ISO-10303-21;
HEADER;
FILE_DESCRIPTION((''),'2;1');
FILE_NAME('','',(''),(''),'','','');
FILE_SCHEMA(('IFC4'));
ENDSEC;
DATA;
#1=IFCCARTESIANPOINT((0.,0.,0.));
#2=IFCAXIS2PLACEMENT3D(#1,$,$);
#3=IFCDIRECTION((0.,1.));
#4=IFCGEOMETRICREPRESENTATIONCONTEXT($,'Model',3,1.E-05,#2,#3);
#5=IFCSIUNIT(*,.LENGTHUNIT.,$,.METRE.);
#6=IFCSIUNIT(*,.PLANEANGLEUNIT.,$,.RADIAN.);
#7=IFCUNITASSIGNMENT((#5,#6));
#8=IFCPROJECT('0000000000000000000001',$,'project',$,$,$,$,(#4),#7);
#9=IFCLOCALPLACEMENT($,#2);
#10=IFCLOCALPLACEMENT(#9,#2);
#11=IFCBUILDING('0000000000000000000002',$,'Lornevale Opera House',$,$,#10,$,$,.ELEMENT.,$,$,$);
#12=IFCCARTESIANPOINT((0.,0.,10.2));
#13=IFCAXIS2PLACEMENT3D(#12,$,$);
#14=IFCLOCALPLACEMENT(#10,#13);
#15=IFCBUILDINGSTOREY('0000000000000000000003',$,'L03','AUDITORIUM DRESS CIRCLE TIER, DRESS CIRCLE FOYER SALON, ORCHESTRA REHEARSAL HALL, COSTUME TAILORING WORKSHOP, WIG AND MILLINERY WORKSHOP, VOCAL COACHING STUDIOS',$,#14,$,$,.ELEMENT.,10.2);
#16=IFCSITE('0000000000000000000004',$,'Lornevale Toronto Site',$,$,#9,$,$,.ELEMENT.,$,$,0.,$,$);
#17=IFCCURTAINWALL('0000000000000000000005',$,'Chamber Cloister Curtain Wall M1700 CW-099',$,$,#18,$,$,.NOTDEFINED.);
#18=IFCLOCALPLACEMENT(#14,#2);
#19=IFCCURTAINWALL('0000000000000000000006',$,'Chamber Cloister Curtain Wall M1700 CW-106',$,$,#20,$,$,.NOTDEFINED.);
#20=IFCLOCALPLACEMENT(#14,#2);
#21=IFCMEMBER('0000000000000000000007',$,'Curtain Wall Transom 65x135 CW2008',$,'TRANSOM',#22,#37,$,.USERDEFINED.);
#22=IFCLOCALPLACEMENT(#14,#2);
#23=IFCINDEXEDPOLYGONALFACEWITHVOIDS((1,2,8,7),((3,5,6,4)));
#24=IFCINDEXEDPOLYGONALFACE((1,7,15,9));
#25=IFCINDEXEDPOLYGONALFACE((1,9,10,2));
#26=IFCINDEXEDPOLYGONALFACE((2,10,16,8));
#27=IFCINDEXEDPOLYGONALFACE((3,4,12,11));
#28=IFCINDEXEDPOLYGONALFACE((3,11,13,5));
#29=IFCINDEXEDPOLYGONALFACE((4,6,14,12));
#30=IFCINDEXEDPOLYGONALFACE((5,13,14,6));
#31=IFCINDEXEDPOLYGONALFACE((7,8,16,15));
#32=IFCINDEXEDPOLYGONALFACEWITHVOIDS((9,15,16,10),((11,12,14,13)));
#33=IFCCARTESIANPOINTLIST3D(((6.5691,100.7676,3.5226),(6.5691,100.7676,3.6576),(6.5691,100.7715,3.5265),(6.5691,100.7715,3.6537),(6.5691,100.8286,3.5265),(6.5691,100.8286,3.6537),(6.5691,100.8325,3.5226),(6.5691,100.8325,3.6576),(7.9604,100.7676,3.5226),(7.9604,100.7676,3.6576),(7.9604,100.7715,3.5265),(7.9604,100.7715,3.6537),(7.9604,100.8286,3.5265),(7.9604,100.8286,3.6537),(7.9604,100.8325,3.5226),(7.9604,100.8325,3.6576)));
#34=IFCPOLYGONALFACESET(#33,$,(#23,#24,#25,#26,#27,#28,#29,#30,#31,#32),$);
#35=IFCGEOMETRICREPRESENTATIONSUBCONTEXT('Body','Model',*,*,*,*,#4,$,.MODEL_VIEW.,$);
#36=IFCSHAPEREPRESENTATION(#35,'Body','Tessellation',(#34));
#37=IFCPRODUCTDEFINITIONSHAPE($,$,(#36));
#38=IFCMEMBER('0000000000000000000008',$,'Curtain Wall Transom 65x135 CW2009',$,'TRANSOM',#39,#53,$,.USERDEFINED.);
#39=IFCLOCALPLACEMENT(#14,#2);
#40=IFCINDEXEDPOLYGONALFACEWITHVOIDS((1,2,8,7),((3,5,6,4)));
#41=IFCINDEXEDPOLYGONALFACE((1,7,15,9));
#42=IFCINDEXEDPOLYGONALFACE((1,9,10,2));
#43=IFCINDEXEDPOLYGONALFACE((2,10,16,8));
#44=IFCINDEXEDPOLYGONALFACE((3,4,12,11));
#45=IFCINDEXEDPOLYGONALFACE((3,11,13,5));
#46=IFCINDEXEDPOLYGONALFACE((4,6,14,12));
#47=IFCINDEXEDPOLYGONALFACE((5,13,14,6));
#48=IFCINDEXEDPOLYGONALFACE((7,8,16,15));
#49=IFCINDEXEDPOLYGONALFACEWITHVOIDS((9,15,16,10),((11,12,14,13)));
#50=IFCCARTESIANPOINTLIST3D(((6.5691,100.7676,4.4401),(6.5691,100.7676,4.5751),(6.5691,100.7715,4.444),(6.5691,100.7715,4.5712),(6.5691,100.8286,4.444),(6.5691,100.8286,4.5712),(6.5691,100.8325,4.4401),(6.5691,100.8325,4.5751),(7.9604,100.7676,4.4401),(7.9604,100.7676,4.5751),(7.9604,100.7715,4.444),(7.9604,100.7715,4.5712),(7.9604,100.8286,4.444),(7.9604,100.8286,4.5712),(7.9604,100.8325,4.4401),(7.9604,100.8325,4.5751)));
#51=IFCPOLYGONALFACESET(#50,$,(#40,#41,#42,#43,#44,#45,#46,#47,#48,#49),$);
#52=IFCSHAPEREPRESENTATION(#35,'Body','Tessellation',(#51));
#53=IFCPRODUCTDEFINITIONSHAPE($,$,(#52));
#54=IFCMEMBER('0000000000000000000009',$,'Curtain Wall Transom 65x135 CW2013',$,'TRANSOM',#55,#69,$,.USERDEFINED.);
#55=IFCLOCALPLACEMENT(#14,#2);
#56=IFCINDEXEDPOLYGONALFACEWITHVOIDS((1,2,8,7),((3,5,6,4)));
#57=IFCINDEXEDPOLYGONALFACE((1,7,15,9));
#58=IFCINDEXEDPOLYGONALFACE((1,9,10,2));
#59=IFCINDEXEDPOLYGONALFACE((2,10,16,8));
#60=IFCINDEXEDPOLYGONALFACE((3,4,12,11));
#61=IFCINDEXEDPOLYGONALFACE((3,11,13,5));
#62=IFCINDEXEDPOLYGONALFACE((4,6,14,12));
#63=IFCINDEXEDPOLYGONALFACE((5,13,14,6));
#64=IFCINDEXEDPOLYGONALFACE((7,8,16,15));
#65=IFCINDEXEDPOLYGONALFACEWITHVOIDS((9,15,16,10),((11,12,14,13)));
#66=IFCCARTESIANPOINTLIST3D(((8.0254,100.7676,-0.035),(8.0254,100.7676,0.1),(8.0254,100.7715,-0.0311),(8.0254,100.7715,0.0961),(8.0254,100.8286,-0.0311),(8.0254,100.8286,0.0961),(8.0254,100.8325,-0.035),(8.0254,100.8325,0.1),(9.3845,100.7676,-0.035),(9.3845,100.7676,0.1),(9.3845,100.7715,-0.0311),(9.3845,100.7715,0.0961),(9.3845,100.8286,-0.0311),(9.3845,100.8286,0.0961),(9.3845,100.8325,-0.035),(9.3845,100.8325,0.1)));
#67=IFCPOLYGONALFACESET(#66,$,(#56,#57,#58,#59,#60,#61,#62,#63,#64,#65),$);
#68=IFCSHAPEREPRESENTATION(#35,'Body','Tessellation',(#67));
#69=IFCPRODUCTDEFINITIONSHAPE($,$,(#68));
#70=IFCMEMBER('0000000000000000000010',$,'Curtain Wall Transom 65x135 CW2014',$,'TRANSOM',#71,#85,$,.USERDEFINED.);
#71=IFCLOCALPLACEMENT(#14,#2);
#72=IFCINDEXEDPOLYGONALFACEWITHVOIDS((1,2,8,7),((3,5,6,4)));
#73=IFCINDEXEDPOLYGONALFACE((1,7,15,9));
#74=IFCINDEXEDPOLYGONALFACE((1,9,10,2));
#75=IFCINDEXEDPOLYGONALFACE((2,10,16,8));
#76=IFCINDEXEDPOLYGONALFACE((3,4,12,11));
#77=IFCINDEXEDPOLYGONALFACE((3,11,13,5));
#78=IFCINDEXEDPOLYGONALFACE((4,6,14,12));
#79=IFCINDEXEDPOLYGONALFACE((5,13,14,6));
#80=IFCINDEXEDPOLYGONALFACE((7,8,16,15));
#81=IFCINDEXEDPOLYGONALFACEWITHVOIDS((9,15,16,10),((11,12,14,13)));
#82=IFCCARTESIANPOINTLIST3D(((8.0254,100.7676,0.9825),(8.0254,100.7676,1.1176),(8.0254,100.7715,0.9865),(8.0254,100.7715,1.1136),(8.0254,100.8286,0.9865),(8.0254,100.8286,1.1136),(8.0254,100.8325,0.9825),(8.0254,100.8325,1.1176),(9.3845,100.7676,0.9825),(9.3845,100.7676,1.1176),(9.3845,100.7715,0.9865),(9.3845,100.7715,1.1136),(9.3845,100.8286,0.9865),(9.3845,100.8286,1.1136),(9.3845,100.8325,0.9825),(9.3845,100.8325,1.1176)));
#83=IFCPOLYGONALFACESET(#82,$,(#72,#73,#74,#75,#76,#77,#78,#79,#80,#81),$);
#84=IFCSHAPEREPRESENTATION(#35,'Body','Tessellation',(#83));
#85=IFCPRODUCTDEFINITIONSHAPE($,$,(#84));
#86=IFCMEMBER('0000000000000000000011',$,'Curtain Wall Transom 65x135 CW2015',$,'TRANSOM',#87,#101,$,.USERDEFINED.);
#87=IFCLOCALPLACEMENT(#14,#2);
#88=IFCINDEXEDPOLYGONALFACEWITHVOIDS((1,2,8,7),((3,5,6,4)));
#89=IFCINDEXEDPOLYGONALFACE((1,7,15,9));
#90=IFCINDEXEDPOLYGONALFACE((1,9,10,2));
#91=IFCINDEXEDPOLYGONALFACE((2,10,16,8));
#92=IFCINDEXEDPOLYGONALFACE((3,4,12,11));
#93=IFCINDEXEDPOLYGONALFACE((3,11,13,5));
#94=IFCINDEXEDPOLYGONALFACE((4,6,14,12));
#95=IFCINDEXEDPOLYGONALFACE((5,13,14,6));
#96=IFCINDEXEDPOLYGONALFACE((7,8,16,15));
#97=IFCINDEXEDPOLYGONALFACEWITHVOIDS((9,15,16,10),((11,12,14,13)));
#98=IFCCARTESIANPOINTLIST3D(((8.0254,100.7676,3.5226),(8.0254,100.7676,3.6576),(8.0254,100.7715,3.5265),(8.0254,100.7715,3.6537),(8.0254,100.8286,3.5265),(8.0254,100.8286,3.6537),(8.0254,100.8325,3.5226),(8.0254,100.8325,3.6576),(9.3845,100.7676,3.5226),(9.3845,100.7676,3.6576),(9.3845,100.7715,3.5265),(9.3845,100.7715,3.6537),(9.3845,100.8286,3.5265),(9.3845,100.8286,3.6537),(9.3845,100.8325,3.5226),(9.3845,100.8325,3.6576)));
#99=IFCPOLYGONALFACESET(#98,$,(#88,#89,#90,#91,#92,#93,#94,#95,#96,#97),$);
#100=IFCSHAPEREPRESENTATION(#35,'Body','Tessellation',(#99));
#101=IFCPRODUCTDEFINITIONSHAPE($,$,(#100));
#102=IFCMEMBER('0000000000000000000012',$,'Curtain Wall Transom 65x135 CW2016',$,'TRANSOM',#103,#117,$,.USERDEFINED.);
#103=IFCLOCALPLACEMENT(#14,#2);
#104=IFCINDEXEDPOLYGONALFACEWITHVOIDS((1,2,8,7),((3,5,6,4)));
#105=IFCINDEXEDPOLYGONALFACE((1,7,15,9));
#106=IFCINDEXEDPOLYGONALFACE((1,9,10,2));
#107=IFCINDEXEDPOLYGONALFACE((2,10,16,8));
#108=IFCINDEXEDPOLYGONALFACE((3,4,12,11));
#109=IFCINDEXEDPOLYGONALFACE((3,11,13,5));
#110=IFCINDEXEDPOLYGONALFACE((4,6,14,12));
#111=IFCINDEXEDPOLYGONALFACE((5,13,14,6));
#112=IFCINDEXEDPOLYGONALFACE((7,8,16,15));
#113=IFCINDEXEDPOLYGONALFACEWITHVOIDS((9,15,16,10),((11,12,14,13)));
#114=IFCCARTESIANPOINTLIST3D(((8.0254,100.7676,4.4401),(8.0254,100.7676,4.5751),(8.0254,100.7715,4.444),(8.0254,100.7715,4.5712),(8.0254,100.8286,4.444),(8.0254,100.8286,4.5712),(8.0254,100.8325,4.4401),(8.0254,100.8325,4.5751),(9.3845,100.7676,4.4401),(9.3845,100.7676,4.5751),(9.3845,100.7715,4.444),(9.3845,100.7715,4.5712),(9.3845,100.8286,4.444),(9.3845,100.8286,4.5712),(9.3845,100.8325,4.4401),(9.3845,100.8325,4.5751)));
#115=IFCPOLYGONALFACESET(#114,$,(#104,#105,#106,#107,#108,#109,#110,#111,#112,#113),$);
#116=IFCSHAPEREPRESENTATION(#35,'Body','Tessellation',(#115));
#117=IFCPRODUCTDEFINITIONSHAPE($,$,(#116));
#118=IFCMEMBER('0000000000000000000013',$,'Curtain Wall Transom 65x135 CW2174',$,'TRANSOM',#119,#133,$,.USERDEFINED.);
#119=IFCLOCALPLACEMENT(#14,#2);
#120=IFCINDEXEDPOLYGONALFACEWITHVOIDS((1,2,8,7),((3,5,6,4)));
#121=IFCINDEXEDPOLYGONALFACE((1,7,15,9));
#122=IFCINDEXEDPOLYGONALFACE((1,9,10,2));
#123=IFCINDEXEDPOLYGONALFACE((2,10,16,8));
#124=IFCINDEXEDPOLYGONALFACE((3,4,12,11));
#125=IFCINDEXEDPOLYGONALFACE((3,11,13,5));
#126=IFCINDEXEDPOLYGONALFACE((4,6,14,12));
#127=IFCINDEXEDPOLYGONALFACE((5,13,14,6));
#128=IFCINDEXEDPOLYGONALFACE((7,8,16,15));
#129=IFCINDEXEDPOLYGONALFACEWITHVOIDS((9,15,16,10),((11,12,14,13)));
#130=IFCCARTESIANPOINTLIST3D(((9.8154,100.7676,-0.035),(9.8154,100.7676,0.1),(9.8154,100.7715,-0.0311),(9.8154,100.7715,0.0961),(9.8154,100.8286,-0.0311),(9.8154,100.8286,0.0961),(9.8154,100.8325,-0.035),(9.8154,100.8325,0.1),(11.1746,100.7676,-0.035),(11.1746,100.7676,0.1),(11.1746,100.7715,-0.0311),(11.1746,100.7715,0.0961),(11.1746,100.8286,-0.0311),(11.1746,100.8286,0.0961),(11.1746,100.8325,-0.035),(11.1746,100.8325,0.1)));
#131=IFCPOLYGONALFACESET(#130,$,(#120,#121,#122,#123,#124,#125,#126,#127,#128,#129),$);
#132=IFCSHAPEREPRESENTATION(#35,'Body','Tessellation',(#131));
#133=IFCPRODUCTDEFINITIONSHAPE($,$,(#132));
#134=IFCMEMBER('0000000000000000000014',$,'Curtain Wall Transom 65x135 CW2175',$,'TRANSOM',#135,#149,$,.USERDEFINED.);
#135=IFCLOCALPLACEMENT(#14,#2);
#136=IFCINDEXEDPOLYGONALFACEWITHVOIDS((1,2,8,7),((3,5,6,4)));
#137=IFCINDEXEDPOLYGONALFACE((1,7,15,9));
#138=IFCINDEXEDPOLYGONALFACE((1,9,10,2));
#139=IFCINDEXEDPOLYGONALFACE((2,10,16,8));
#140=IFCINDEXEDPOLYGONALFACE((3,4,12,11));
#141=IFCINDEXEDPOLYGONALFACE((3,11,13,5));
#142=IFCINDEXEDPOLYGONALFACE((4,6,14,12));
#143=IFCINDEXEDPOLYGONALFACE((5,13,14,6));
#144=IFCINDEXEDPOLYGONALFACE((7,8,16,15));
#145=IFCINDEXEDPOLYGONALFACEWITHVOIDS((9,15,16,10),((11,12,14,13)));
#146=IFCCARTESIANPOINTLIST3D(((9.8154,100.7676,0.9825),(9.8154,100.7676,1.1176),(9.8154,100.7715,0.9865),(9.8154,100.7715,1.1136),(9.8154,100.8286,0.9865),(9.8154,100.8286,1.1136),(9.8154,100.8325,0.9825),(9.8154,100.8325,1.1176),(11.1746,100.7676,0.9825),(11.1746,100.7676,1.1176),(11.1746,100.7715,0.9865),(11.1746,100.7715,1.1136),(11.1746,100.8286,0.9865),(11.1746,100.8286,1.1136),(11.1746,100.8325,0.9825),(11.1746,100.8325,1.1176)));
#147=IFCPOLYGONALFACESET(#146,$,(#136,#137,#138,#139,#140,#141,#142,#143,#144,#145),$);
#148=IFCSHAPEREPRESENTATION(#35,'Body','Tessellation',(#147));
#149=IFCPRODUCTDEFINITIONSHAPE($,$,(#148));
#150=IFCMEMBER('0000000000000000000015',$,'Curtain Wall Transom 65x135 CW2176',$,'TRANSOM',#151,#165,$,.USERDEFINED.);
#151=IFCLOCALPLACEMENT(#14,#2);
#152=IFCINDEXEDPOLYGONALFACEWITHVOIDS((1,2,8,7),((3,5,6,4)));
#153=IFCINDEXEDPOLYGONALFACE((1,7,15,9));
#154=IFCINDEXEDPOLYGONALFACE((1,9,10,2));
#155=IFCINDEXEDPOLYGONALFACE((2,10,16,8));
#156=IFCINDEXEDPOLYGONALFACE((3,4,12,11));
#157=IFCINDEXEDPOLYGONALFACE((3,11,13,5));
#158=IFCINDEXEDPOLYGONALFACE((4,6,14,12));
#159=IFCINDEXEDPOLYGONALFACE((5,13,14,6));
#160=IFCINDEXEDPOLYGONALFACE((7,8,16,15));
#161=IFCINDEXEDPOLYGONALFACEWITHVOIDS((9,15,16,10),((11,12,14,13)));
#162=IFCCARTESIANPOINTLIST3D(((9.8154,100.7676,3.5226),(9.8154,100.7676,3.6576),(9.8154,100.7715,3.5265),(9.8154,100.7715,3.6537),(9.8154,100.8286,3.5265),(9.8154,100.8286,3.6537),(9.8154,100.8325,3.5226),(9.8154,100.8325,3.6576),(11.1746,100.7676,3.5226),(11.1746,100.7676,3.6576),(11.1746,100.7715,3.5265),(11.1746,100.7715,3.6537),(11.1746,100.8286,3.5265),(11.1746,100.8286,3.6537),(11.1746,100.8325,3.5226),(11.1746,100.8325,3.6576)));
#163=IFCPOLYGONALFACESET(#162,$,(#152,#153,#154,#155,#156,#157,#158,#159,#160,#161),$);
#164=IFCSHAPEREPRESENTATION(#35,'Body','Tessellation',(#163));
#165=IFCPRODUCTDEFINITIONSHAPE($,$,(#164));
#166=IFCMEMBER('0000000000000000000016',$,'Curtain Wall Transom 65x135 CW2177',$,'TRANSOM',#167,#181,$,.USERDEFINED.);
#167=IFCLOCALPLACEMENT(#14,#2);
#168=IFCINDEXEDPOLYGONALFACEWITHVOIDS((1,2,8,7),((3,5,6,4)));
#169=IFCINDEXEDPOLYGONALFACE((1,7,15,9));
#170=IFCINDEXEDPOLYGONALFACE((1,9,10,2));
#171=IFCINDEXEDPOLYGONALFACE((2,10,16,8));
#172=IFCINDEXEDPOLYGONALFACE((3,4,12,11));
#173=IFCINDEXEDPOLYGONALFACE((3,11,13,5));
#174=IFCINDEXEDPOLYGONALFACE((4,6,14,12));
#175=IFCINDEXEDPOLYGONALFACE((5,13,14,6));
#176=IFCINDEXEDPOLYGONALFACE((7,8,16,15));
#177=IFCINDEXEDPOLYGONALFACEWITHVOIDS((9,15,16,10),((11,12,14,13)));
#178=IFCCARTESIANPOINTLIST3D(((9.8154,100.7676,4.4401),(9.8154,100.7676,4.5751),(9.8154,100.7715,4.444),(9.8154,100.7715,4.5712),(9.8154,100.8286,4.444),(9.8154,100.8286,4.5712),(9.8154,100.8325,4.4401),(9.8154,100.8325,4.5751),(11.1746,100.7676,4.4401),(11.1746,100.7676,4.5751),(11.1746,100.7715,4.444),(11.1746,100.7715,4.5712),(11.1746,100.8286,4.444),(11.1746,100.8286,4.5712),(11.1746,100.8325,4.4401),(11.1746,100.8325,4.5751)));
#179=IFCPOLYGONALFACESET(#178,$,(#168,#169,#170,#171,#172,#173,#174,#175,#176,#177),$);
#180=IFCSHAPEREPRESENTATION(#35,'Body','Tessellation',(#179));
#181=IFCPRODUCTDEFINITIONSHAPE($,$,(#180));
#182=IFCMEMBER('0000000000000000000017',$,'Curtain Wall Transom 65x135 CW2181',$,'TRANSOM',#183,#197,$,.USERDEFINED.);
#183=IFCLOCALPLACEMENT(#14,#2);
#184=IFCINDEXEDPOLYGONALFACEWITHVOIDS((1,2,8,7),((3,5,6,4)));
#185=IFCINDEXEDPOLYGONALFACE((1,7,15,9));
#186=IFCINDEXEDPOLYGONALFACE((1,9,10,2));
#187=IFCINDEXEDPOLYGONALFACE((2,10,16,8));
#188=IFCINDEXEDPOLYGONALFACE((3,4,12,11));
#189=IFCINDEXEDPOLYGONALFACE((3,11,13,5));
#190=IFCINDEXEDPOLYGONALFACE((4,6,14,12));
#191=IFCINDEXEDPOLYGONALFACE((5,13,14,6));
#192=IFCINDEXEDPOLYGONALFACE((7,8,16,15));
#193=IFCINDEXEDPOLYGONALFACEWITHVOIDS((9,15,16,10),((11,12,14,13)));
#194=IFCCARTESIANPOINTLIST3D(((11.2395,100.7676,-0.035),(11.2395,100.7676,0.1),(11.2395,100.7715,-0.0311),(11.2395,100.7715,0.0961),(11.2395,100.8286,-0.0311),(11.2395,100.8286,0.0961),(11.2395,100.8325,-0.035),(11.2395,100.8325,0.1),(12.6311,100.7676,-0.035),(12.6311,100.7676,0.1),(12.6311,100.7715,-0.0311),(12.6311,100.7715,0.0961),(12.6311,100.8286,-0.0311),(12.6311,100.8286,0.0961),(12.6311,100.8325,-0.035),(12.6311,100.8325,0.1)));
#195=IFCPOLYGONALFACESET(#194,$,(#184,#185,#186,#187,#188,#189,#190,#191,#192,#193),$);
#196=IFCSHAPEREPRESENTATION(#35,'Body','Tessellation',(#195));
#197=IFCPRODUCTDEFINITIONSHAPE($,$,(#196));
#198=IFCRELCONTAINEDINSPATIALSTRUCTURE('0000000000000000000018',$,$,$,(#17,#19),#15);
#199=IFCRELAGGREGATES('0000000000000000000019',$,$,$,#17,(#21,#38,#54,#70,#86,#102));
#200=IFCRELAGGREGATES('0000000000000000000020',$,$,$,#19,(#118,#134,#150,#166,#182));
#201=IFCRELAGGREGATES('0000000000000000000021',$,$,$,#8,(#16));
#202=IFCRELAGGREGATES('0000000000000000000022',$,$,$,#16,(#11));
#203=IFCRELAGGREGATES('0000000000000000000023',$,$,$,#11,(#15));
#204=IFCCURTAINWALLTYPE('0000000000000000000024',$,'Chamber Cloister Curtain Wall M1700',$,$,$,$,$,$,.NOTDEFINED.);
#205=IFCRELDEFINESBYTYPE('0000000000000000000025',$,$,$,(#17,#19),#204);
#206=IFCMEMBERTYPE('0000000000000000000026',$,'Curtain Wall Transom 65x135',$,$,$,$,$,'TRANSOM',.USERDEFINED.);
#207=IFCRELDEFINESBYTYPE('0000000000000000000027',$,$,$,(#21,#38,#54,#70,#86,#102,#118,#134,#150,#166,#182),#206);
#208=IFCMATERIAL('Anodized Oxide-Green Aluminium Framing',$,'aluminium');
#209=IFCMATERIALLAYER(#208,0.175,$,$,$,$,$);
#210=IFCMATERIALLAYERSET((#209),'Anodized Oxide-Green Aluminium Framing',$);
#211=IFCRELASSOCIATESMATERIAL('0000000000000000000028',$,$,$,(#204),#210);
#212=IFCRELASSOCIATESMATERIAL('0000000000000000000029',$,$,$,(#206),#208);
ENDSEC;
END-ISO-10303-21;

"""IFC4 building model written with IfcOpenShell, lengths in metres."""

from ifc_helpers import new_model, si_unit, direction, frame, origin, origin_2d, place, context, subcontext, project, spatial, hollow_rectangle, extrude, material, layer, layer_set, material_profile, profile_set, type_object, element, aggregate, save


model = new_model("IFC4")

# Units and contexts
model_context = context("Model", 3, precision=1e-05, world=origin(), true_north=direction((0.0, 1.0)))
body_context = subcontext(model_context, "Body", "Model", "MODEL_VIEW")
ifc_project = project(units=[si_unit("LENGTHUNIT", "METRE"), si_unit("PLANEANGLEUNIT", "RADIAN")], contexts=[model_context])

# Site, building, storey
site_placement = place(None, origin())
site = spatial("IfcSite", under=ifc_project, at=site_placement, Name="Lornevale Toronto Site", CompositionType="ELEMENT", RefElevation=0.0)
building_placement = place(site_placement, origin())
building = spatial("IfcBuilding", under=site, at=building_placement, Name="Lornevale Opera House", CompositionType="ELEMENT")
storey_placement = place(building_placement, frame((0.0, 0.0, 10.2)))
storey = spatial("IfcBuildingStorey", under=building, at=storey_placement, Name="L03", Description="AUDITORIUM DRESS CIRCLE TIER, DRESS CIRCLE FOYER SALON, ORCHESTRA REHEARSAL HALL, COSTUME TAILORING WORKSHOP, WIG AND MILLINERY WORKSHOP, VOCAL COACHING STUDIOS", CompositionType="ELEMENT", Elevation=10.2)

# Curtain walls
ifc_material_1 = material(Name="Anodized Oxide-Green Aluminium Framing", Category="aluminium")
ifc_layer_1 = layer(ifc_material_1, 0.175)
ifc_layer_set_1 = layer_set([ifc_layer_1], Name="Anodized Oxide-Green Aluminium Framing")
curtain_wall_type = type_object("IfcCurtainWallType", Name="Chamber Cloister Curtain Wall M1700", PredefinedType="NOTDEFINED", material=ifc_layer_set_1)
curtain_wall_1_placement = place(storey_placement, origin())
curtain_wall_1 = element("IfcCurtainWall", 1, at=curtain_wall_1_placement, inside=storey, type_object=curtain_wall_type, Name="Chamber Cloister Curtain Wall M1700 CW-099", PredefinedType="NOTDEFINED")
curtain_wall_2_placement = place(storey_placement, origin())
curtain_wall_2 = element("IfcCurtainWall", 2, at=curtain_wall_2_placement, inside=storey, type_object=curtain_wall_type, Name="Chamber Cloister Curtain Wall M1700 CW-106", PredefinedType="NOTDEFINED")

# Members
ifc_material_profile_1 = material_profile(ifc_material_1, hollow_rectangle(XDim=0.0649, YDim=0.135, WallThickness=0.0039, at=origin_2d()), Name="ALU65x135x4")
ifc_profile_set_1 = profile_set([ifc_material_profile_1], Name="Anodized Oxide-Green Aluminium Framing")
member_type_1 = type_object("IfcMemberType", Name="Curtain Wall Transom 65x135", ElementType="TRANSOM", PredefinedType="USERDEFINED", material=ifc_profile_set_1)
member_1_placement = place(storey_placement, frame((6.5691, 100.8, 3.5901), z_axis=(1.0, 0.0, 0.0), x_axis=(0.0, 1.0, 0.0)))
member_1 = element("IfcMember", 3, at=member_1_placement, type_object=member_type_1, Name="Curtain Wall Transom 65x135 CW2008", ObjectType="TRANSOM", PredefinedType="USERDEFINED", context=body_context, shape_type="SweptSolid", body=[
    extrude(hollow_rectangle(XDim=0.0649, YDim=0.135, WallThickness=0.0039, at=origin_2d()), origin(), (0.0, 0.0, 1.0), 1.3914),
])
member_2_placement = place(storey_placement, frame((6.5691, 100.8, 4.5076), z_axis=(1.0, 0.0, 0.0), x_axis=(0.0, 1.0, 0.0)))
member_2 = element("IfcMember", 4, at=member_2_placement, type_object=member_type_1, Name="Curtain Wall Transom 65x135 CW2009", ObjectType="TRANSOM", PredefinedType="USERDEFINED", context=body_context, shape_type="SweptSolid", body=[
    extrude(hollow_rectangle(XDim=0.0649, YDim=0.135, WallThickness=0.0039, at=origin_2d()), origin(), (0.0, 0.0, 1.0), 1.3914),
])
member_3_placement = place(storey_placement, frame((8.0254, 100.8, 0.0325), z_axis=(1.0, 0.0, 0.0), x_axis=(0.0, 1.0, 0.0)))
member_3 = element("IfcMember", 5, at=member_3_placement, type_object=member_type_1, Name="Curtain Wall Transom 65x135 CW2013", ObjectType="TRANSOM", PredefinedType="USERDEFINED", context=body_context, shape_type="SweptSolid", body=[
    extrude(hollow_rectangle(XDim=0.0649, YDim=0.135, WallThickness=0.0039, at=origin_2d()), origin(), (0.0, 0.0, 1.0), 1.3591),
])
member_4_placement = place(storey_placement, frame((8.0254, 100.8, 1.05), z_axis=(1.0, 0.0, 0.0), x_axis=(0.0, 1.0, 0.0)))
member_4 = element("IfcMember", 6, at=member_4_placement, type_object=member_type_1, Name="Curtain Wall Transom 65x135 CW2014", ObjectType="TRANSOM", PredefinedType="USERDEFINED", context=body_context, shape_type="SweptSolid", body=[
    extrude(hollow_rectangle(XDim=0.0649, YDim=0.135, WallThickness=0.0039, at=origin_2d()), origin(), (0.0, 0.0, 1.0), 1.3591),
])
member_5_placement = place(storey_placement, frame((8.0254, 100.8, 3.5901), z_axis=(1.0, 0.0, 0.0), x_axis=(0.0, 1.0, 0.0)))
member_5 = element("IfcMember", 7, at=member_5_placement, type_object=member_type_1, Name="Curtain Wall Transom 65x135 CW2015", ObjectType="TRANSOM", PredefinedType="USERDEFINED", context=body_context, shape_type="SweptSolid", body=[
    extrude(hollow_rectangle(XDim=0.0649, YDim=0.135, WallThickness=0.0039, at=origin_2d()), origin(), (0.0, 0.0, 1.0), 1.3591),
])
member_6_placement = place(storey_placement, frame((8.0254, 100.8, 4.5076), z_axis=(1.0, 0.0, 0.0), x_axis=(0.0, 1.0, 0.0)))
member_6 = element("IfcMember", 8, at=member_6_placement, type_object=member_type_1, Name="Curtain Wall Transom 65x135 CW2016", ObjectType="TRANSOM", PredefinedType="USERDEFINED", context=body_context, shape_type="SweptSolid", body=[
    extrude(hollow_rectangle(XDim=0.0649, YDim=0.135, WallThickness=0.0039, at=origin_2d()), origin(), (0.0, 0.0, 1.0), 1.3591),
])
member_7_placement = place(storey_placement, frame((9.8154, 100.8, 0.0325), z_axis=(1.0, 0.0, 0.0), x_axis=(0.0, 1.0, 0.0)))
member_7 = element("IfcMember", 9, at=member_7_placement, type_object=member_type_1, Name="Curtain Wall Transom 65x135 CW2174", ObjectType="TRANSOM", PredefinedType="USERDEFINED", context=body_context, shape_type="SweptSolid", body=[
    extrude(hollow_rectangle(XDim=0.0649, YDim=0.135, WallThickness=0.0039, at=origin_2d()), origin(), (0.0, 0.0, 1.0), 1.3591),
])
member_8_placement = place(storey_placement, frame((9.8154, 100.8, 1.05), z_axis=(1.0, 0.0, 0.0), x_axis=(0.0, 1.0, 0.0)))
member_8 = element("IfcMember", 10, at=member_8_placement, type_object=member_type_1, Name="Curtain Wall Transom 65x135 CW2175", ObjectType="TRANSOM", PredefinedType="USERDEFINED", context=body_context, shape_type="SweptSolid", body=[
    extrude(hollow_rectangle(XDim=0.0649, YDim=0.135, WallThickness=0.0039, at=origin_2d()), origin(), (0.0, 0.0, 1.0), 1.3591),
])
member_9_placement = place(storey_placement, frame((9.8154, 100.8, 3.5901), z_axis=(1.0, 0.0, 0.0), x_axis=(0.0, 1.0, 0.0)))
member_9 = element("IfcMember", 11, at=member_9_placement, type_object=member_type_1, Name="Curtain Wall Transom 65x135 CW2176", ObjectType="TRANSOM", PredefinedType="USERDEFINED", context=body_context, shape_type="SweptSolid", body=[
    extrude(hollow_rectangle(XDim=0.0649, YDim=0.135, WallThickness=0.0039, at=origin_2d()), origin(), (0.0, 0.0, 1.0), 1.3591),
])
member_10_placement = place(storey_placement, frame((9.8154, 100.8, 4.5076), z_axis=(1.0, 0.0, 0.0), x_axis=(0.0, 1.0, 0.0)))
member_10 = element("IfcMember", 12, at=member_10_placement, type_object=member_type_1, Name="Curtain Wall Transom 65x135 CW2177", ObjectType="TRANSOM", PredefinedType="USERDEFINED", context=body_context, shape_type="SweptSolid", body=[
    extrude(hollow_rectangle(XDim=0.0649, YDim=0.135, WallThickness=0.0039, at=origin_2d()), origin(), (0.0, 0.0, 1.0), 1.3591),
])
member_11_placement = place(storey_placement, frame((11.2395, 100.8, 0.0325), z_axis=(1.0, 0.0, 0.0), x_axis=(0.0, 1.0, 0.0)))
member_11 = element("IfcMember", 13, at=member_11_placement, type_object=member_type_1, Name="Curtain Wall Transom 65x135 CW2181", ObjectType="TRANSOM", PredefinedType="USERDEFINED", context=body_context, shape_type="SweptSolid", body=[
    extrude(hollow_rectangle(XDim=0.0649, YDim=0.135, WallThickness=0.0039, at=origin_2d()), origin(), (0.0, 0.0, 1.0), 1.3916),
])

aggregate(curtain_wall_1, [member_1, member_2, member_3, member_4, member_5, member_6])
aggregate(curtain_wall_2, [member_7, member_8, member_9, member_10, member_11])

save(model, "model.ifc")
